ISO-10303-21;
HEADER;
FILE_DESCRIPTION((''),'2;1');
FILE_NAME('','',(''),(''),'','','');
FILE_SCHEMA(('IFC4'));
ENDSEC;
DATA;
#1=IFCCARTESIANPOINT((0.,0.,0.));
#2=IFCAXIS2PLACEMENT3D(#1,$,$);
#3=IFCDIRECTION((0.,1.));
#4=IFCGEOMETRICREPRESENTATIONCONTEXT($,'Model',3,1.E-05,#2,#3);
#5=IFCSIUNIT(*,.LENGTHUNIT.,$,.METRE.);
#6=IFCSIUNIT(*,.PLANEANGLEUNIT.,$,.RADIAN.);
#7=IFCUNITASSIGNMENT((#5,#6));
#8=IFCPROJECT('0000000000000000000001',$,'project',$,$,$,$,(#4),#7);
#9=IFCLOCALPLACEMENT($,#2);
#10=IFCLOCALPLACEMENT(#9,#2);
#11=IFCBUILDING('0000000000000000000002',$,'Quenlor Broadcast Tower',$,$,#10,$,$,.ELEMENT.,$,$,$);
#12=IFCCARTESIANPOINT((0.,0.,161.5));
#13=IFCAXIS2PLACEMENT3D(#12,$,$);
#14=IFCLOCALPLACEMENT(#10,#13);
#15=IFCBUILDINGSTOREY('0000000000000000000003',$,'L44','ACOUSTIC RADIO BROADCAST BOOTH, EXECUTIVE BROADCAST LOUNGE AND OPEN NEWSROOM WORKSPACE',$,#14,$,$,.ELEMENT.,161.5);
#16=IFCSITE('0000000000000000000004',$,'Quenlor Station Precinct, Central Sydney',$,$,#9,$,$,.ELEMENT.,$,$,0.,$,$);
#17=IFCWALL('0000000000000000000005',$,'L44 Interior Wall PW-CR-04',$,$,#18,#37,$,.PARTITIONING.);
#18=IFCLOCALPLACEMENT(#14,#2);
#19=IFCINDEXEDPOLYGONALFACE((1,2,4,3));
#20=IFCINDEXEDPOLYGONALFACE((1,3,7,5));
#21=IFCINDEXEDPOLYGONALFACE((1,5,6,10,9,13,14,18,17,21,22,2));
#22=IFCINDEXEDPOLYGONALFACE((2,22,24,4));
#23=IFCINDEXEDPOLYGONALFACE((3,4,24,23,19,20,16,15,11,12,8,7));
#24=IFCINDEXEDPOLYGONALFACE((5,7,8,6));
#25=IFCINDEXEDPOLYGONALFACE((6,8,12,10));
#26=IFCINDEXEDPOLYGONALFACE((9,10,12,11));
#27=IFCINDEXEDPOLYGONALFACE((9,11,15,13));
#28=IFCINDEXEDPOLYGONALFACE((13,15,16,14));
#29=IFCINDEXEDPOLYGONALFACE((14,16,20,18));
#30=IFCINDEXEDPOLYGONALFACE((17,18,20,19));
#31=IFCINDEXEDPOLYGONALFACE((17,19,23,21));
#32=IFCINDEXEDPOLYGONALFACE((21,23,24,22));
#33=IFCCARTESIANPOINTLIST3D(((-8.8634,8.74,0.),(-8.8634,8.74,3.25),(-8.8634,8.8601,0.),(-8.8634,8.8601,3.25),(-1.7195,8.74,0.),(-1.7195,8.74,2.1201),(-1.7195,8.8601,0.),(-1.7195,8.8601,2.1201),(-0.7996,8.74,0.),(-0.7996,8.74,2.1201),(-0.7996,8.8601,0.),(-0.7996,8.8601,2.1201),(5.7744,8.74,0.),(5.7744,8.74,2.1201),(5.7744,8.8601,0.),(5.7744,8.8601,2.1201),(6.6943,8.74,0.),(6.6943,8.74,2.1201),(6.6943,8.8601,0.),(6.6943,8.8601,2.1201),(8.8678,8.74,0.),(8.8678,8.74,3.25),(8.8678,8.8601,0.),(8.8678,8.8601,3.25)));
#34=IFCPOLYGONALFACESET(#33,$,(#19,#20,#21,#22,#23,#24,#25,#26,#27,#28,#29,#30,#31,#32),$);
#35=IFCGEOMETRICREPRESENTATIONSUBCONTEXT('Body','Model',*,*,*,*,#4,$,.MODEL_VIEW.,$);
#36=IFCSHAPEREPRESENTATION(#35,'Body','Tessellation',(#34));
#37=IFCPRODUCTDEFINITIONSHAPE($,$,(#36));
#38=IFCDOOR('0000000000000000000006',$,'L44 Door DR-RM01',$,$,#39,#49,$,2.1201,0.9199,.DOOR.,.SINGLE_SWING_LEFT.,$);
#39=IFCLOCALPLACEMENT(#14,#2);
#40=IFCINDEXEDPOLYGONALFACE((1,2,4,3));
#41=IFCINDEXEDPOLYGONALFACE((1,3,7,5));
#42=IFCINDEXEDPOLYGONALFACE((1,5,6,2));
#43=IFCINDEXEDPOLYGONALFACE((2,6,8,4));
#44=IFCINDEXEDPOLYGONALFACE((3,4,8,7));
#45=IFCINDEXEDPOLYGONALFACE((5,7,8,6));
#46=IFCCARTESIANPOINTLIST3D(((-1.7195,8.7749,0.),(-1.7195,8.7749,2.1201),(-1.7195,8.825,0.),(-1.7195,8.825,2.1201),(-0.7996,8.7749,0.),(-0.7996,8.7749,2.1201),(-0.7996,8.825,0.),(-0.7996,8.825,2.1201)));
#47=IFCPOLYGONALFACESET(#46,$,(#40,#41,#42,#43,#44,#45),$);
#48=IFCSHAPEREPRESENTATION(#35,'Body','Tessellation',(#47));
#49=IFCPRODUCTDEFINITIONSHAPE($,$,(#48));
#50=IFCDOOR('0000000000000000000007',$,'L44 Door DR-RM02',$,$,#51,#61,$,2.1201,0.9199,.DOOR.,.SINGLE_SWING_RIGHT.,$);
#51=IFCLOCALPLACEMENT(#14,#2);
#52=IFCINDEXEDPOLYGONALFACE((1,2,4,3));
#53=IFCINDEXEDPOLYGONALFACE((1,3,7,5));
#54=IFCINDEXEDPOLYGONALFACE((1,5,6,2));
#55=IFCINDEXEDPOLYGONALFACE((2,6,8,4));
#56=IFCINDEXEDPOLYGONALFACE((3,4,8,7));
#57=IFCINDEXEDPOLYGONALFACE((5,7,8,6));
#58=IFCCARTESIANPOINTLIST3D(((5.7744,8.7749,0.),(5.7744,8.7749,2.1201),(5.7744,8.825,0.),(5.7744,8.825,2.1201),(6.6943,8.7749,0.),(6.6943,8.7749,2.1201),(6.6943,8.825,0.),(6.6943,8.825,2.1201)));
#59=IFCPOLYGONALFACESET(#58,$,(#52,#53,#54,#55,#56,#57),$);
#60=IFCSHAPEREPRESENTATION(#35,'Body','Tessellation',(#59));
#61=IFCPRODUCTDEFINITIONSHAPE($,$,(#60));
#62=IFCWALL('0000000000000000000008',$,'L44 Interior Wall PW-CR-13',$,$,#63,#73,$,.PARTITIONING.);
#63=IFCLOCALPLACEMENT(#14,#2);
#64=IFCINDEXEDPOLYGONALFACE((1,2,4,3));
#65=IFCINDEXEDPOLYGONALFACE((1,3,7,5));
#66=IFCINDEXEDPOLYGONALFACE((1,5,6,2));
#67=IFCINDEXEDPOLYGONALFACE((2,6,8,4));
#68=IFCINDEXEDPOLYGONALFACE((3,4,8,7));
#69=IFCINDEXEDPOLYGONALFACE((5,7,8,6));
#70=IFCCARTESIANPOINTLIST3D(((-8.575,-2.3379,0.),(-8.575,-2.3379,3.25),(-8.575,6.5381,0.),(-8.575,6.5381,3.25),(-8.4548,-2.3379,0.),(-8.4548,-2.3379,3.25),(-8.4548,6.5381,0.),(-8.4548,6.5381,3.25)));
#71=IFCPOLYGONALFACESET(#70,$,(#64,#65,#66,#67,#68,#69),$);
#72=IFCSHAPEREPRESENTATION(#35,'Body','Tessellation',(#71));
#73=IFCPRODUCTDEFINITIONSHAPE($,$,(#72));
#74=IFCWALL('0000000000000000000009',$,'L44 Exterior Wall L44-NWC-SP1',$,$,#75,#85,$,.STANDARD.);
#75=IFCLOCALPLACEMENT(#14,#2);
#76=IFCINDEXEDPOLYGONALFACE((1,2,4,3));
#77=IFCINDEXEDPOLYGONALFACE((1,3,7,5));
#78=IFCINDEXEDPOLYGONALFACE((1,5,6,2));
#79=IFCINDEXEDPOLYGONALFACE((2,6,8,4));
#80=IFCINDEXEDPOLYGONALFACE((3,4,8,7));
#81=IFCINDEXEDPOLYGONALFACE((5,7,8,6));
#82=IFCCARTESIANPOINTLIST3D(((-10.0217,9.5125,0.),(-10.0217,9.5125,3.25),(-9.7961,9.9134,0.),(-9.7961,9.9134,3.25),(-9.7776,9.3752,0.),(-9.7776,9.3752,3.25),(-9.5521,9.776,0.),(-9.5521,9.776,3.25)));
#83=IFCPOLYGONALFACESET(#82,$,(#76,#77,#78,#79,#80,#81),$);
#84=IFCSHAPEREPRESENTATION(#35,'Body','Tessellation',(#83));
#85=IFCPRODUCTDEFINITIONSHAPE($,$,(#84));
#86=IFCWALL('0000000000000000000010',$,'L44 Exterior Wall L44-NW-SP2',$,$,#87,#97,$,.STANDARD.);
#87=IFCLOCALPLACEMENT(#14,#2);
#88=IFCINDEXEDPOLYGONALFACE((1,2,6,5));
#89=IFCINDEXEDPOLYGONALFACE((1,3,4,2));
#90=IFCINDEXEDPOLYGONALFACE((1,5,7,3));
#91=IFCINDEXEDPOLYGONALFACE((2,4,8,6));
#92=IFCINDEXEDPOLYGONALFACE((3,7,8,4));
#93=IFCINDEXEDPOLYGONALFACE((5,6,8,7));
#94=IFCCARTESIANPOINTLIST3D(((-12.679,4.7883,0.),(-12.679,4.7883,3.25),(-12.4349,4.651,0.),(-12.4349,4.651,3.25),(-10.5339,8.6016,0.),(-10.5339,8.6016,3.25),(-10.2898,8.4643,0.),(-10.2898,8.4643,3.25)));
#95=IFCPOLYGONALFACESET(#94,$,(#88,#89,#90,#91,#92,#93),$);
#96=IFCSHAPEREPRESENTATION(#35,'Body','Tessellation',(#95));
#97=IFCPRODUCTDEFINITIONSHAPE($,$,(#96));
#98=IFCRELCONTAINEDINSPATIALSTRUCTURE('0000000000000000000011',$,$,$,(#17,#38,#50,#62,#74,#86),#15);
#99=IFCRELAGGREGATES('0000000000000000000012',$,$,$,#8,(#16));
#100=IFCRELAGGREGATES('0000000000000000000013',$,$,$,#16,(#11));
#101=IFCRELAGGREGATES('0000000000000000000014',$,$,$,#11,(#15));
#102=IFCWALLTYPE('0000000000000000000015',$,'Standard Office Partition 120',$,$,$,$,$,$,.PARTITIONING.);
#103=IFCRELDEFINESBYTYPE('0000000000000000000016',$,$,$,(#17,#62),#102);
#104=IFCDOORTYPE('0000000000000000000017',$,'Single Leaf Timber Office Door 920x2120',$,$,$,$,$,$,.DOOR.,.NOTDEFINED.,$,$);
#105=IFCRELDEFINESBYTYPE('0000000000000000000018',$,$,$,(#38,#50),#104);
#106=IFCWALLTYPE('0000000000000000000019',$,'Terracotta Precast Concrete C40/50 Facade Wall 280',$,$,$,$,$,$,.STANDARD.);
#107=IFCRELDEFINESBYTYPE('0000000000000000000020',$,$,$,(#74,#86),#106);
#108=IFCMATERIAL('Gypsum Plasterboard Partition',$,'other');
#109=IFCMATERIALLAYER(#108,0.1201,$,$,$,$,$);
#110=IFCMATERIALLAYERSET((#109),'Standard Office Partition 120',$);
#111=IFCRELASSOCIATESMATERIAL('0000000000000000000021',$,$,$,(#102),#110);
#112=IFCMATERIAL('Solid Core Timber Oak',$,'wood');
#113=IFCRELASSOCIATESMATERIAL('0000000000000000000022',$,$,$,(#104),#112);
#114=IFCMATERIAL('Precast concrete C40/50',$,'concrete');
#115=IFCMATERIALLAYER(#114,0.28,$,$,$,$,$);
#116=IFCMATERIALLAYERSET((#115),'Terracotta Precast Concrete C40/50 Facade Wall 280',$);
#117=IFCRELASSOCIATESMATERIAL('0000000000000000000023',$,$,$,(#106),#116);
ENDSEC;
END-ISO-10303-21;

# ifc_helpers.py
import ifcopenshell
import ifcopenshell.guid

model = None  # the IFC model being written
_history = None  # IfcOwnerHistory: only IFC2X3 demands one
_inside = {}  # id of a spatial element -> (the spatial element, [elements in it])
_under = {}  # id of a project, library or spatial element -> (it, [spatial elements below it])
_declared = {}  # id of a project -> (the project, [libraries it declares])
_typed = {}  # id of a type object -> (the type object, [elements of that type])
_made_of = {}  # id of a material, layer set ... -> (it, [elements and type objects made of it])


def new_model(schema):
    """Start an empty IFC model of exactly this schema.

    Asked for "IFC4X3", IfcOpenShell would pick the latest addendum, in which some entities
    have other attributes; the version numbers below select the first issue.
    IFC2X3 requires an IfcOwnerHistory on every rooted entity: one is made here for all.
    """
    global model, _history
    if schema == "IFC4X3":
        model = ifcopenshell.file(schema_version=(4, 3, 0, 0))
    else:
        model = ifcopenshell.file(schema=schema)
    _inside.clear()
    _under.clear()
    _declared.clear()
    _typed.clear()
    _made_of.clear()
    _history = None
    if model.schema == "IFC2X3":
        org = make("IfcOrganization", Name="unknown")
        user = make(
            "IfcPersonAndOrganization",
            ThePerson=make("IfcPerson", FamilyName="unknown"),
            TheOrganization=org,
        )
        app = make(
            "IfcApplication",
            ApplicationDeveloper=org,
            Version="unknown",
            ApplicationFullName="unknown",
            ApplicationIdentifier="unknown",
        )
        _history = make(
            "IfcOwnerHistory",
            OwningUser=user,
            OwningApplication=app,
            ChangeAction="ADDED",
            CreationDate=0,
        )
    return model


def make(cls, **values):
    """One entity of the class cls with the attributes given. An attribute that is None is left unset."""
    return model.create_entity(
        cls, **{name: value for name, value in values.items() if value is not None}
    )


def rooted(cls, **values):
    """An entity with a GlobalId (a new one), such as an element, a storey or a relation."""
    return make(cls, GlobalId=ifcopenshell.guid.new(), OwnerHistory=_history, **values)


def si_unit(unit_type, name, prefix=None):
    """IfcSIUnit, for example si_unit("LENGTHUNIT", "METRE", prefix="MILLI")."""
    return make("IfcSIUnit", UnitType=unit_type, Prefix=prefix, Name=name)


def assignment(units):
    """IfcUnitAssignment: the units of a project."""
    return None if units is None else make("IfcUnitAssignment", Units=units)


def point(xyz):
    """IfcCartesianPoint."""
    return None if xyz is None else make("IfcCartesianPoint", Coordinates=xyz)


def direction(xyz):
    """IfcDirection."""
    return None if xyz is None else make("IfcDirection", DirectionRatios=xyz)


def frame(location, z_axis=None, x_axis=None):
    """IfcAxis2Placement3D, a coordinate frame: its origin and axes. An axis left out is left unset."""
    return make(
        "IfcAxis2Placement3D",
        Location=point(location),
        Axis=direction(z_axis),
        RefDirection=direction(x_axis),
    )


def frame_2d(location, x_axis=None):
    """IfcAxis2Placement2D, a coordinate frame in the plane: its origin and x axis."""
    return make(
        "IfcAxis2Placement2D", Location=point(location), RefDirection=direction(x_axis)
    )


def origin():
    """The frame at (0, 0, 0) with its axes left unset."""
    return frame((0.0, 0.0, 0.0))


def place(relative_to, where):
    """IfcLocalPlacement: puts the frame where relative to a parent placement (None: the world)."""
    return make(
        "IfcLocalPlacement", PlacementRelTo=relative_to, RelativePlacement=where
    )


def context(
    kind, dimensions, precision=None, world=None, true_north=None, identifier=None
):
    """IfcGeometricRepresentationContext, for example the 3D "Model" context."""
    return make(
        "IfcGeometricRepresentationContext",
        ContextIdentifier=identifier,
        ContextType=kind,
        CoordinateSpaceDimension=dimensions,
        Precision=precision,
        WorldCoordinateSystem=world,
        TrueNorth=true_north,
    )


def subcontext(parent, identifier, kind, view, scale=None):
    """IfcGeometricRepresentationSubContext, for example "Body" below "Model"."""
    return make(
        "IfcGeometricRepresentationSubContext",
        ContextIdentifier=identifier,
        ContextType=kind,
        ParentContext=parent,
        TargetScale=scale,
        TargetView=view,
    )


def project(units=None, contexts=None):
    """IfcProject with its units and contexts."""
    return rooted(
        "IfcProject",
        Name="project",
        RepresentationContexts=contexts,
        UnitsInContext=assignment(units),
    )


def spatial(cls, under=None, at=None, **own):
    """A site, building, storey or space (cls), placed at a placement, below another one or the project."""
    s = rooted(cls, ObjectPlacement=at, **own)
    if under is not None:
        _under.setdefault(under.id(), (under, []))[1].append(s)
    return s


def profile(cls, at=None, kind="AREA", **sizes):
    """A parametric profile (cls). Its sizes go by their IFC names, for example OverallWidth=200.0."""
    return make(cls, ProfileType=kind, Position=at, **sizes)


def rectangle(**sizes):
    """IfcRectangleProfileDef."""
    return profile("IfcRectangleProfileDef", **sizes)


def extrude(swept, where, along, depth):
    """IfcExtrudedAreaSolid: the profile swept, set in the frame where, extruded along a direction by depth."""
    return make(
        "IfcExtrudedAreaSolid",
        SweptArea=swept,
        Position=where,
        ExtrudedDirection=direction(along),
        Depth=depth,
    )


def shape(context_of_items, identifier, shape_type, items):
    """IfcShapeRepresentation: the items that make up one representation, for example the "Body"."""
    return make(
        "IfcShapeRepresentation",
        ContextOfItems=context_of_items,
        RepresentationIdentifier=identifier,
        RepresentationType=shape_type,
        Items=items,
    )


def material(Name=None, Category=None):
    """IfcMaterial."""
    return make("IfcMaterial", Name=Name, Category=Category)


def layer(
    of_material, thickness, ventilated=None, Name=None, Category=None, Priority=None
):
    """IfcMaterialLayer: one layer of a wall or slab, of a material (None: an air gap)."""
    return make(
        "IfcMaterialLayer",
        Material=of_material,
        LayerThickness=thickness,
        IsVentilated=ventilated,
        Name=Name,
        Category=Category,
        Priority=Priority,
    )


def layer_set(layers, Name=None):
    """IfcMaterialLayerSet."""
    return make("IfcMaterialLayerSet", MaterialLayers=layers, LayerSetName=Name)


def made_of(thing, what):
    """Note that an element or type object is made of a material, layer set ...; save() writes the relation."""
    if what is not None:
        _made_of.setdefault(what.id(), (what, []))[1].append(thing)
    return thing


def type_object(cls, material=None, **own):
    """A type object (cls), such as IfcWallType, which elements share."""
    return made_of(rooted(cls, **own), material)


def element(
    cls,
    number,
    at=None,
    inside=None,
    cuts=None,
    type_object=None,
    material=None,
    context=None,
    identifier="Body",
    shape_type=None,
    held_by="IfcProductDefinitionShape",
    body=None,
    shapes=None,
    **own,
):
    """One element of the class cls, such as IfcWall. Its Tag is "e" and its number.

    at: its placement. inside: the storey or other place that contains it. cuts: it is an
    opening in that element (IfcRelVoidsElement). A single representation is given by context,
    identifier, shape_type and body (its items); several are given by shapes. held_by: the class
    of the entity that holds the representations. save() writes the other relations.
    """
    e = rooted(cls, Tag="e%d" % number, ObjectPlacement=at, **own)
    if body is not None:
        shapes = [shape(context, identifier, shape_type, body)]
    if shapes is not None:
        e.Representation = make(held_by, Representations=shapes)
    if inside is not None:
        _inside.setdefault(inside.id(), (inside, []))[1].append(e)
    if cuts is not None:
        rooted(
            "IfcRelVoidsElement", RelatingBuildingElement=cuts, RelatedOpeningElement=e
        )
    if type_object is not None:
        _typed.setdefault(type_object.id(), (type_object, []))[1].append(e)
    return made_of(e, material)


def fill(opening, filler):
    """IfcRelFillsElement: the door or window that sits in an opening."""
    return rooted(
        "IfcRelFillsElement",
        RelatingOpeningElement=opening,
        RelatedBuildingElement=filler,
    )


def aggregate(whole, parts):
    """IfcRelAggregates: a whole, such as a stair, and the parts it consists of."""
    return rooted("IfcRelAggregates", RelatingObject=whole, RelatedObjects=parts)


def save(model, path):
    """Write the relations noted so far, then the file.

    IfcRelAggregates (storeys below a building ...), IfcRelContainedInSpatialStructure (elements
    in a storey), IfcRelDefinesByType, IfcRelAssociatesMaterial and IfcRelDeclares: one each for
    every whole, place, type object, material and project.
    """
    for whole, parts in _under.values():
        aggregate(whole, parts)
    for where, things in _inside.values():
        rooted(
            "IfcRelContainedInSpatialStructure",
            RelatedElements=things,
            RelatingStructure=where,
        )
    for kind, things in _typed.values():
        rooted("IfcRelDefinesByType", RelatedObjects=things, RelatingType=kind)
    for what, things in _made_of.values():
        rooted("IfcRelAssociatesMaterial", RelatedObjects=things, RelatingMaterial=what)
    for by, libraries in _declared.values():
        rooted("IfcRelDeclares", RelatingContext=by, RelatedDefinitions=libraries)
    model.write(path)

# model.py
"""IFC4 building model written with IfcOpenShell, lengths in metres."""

from ifc_helpers import new_model, si_unit, direction, frame, frame_2d, origin, place, context, subcontext, project, spatial, rectangle, extrude, material, layer, layer_set, type_object, element, fill, save


model = new_model("IFC4")

# Units and contexts
model_context = context("Model", 3, precision=1e-05, world=origin(), true_north=direction((0.0, 1.0)))
body_context = subcontext(model_context, "Body", "Model", "MODEL_VIEW")
ifc_project = project(units=[si_unit("LENGTHUNIT", "METRE"), si_unit("PLANEANGLEUNIT", "RADIAN")], contexts=[model_context])

# Site, building, storey
site_placement = place(None, origin())
site = spatial("IfcSite", under=ifc_project, at=site_placement, Name="Quenlor Station Precinct, Central Sydney", CompositionType="ELEMENT", RefElevation=0.0)
building_placement = place(site_placement, origin())
building = spatial("IfcBuilding", under=site, at=building_placement, Name="Quenlor Broadcast Tower", CompositionType="ELEMENT")
storey_placement = place(building_placement, frame((0.0, 0.0, 161.5)))
storey = spatial("IfcBuildingStorey", under=building, at=storey_placement, Name="L44", Description="ACOUSTIC RADIO BROADCAST BOOTH, EXECUTIVE BROADCAST LOUNGE AND OPEN NEWSROOM WORKSPACE", CompositionType="ELEMENT", Elevation=161.5)

# Shared definitions
ifc_material_1 = material(Name="Gypsum Plasterboard Partition", Category="other")
ifc_layer_1 = layer(ifc_material_1, 0.1201)
ifc_layer_set_1 = layer_set([ifc_layer_1], Name="Standard Office Partition 120")
wall_type_1 = type_object("IfcWallType", Name="Standard Office Partition 120", PredefinedType="PARTITIONING", material=ifc_layer_set_1)

# Wall, openings, doors
wall_1_placement = place(storey_placement, frame((-8.8635, 8.8, 0.0), z_axis=(0.0, 0.0, 1.0), x_axis=(1.0, 0.0, 0.0)))
wall_1 = element("IfcWall", 1, at=wall_1_placement, inside=storey, type_object=wall_type_1, Name="L44 Interior Wall PW-CR-04", PredefinedType="PARTITIONING", context=body_context, shape_type="SweptSolid", body=[
    extrude(rectangle(XDim=17.7312, YDim=0.1201, at=frame_2d((8.8657, 0.0))), origin(), (0.0, 0.0, 1.0), 3.25),
])
opening_1_placement = place(wall_1_placement, frame((7.144, 0.0, 0.0)))
opening_1 = element("IfcOpeningElement", 2, at=opening_1_placement, cuts=wall_1, PredefinedType="OPENING", context=body_context, shape_type="SweptSolid", body=[
    extrude(rectangle(XDim=0.9199, YDim=2.1201, at=frame_2d((0.46, 1.0601))), frame((0.0, 0.0701, 0.0), z_axis=(0.0, -1.0, 0.0), x_axis=(1.0, 0.0, 0.0)), (0.0, 0.0, 1.0), 0.1401),
])
opening_2_placement = place(wall_1_placement, frame((14.6379, 0.0, 0.0)))
opening_2 = element("IfcOpeningElement", 3, at=opening_2_placement, cuts=wall_1, PredefinedType="OPENING", context=body_context, shape_type="SweptSolid", body=[
    extrude(rectangle(XDim=0.9199, YDim=2.1201, at=frame_2d((0.46, 1.0601))), frame((0.0, 0.0701, 0.0), z_axis=(0.0, -1.0, 0.0), x_axis=(1.0, 0.0, 0.0)), (0.0, 0.0, 1.0), 0.1401),
])
ifc_material_2 = material(Name="Solid Core Timber Oak", Category="wood")
door_type = type_object("IfcDoorType", Name="Single Leaf Timber Office Door 920x2120", OperationType="NOTDEFINED", PredefinedType="DOOR", material=ifc_material_2)
door_1_placement = place(opening_1_placement, origin())
door_1 = element("IfcDoor", 4, at=door_1_placement, inside=storey, type_object=door_type, Name="L44 Door DR-RM01", OperationType="SINGLE_SWING_LEFT", OverallHeight=2.1201, OverallWidth=0.9199, PredefinedType="DOOR", context=body_context, shape_type="SweptSolid", body=[
    extrude(rectangle(XDim=0.9199, YDim=2.1201, at=frame_2d((0.46, 1.0601))), frame((0.0, 0.0249, 0.0), z_axis=(0.0, -1.0, 0.0), x_axis=(1.0, 0.0, 0.0)), (0.0, 0.0, 1.0), 0.05),
])
fill(opening_1, door_1)
door_2_placement = place(opening_2_placement, origin())
door_2 = element("IfcDoor", 5, at=door_2_placement, inside=storey, type_object=door_type, Name="L44 Door DR-RM02", OperationType="SINGLE_SWING_RIGHT", OverallHeight=2.1201, OverallWidth=0.9199, PredefinedType="DOOR", context=body_context, shape_type="SweptSolid", body=[
    extrude(rectangle(XDim=0.9199, YDim=2.1201, at=frame_2d((0.46, 1.0601))), frame((0.0, 0.0249, 0.0), z_axis=(0.0, -1.0, 0.0), x_axis=(1.0, 0.0, 0.0)), (0.0, 0.0, 1.0), 0.05),
])
fill(opening_2, door_2)

# Walls
wall_2_placement = place(storey_placement, frame((-8.5149, 6.5381, 0.0), z_axis=(0.0, 0.0, 1.0), x_axis=(0.0, -1.0, 0.0)))
element("IfcWall", 6, at=wall_2_placement, inside=storey, type_object=wall_type_1, Name="L44 Interior Wall PW-CR-13", PredefinedType="PARTITIONING", context=body_context, shape_type="SweptSolid", body=[
    extrude(rectangle(XDim=8.876, YDim=0.1201, at=frame_2d((4.438, 0.0))), origin(), (0.0, 0.0, 1.0), 3.25),
])
ifc_material_3 = material(Name="Precast concrete C40/50", Category="concrete")
ifc_layer_2 = layer(ifc_material_3, 0.28)
ifc_layer_set_2 = layer_set([ifc_layer_2], Name="Terracotta Precast Concrete C40/50 Facade Wall 280")
wall_type_2 = type_object("IfcWallType", Name="Terracotta Precast Concrete C40/50 Facade Wall 280", PredefinedType="STANDARD", material=ifc_layer_set_2)
wall_3_placement = place(storey_placement, frame((-9.8997, 9.4438, 0.0), z_axis=(0.0, 0.0, 1.0), x_axis=(0.490412, 0.87149, 0.0)))
element("IfcWall", 7, at=wall_3_placement, inside=storey, type_object=wall_type_2, Name="L44 Exterior Wall L44-NWC-SP1", PredefinedType="STANDARD", context=body_context, shape_type="SweptSolid", body=[
    extrude(rectangle(XDim=0.46, YDim=0.28, at=frame_2d((0.23, 0.0))), origin(), (0.0, 0.0, 1.0), 3.25),
])
wall_4_placement = place(storey_placement, frame((-12.5569, 4.7197, 0.0), z_axis=(0.0, 0.0, 1.0), x_axis=(0.490274, 0.871568, 0.0)))
element("IfcWall", 8, at=wall_4_placement, inside=storey, type_object=wall_type_2, Name="L44 Exterior Wall L44-NW-SP2", PredefinedType="STANDARD", context=body_context, shape_type="SweptSolid", body=[
    extrude(rectangle(XDim=4.3752, YDim=0.28, at=frame_2d((2.1875, 0.0))), origin(), (0.0, 0.0, 1.0), 3.25),
])

save(model, "model.ifc")
